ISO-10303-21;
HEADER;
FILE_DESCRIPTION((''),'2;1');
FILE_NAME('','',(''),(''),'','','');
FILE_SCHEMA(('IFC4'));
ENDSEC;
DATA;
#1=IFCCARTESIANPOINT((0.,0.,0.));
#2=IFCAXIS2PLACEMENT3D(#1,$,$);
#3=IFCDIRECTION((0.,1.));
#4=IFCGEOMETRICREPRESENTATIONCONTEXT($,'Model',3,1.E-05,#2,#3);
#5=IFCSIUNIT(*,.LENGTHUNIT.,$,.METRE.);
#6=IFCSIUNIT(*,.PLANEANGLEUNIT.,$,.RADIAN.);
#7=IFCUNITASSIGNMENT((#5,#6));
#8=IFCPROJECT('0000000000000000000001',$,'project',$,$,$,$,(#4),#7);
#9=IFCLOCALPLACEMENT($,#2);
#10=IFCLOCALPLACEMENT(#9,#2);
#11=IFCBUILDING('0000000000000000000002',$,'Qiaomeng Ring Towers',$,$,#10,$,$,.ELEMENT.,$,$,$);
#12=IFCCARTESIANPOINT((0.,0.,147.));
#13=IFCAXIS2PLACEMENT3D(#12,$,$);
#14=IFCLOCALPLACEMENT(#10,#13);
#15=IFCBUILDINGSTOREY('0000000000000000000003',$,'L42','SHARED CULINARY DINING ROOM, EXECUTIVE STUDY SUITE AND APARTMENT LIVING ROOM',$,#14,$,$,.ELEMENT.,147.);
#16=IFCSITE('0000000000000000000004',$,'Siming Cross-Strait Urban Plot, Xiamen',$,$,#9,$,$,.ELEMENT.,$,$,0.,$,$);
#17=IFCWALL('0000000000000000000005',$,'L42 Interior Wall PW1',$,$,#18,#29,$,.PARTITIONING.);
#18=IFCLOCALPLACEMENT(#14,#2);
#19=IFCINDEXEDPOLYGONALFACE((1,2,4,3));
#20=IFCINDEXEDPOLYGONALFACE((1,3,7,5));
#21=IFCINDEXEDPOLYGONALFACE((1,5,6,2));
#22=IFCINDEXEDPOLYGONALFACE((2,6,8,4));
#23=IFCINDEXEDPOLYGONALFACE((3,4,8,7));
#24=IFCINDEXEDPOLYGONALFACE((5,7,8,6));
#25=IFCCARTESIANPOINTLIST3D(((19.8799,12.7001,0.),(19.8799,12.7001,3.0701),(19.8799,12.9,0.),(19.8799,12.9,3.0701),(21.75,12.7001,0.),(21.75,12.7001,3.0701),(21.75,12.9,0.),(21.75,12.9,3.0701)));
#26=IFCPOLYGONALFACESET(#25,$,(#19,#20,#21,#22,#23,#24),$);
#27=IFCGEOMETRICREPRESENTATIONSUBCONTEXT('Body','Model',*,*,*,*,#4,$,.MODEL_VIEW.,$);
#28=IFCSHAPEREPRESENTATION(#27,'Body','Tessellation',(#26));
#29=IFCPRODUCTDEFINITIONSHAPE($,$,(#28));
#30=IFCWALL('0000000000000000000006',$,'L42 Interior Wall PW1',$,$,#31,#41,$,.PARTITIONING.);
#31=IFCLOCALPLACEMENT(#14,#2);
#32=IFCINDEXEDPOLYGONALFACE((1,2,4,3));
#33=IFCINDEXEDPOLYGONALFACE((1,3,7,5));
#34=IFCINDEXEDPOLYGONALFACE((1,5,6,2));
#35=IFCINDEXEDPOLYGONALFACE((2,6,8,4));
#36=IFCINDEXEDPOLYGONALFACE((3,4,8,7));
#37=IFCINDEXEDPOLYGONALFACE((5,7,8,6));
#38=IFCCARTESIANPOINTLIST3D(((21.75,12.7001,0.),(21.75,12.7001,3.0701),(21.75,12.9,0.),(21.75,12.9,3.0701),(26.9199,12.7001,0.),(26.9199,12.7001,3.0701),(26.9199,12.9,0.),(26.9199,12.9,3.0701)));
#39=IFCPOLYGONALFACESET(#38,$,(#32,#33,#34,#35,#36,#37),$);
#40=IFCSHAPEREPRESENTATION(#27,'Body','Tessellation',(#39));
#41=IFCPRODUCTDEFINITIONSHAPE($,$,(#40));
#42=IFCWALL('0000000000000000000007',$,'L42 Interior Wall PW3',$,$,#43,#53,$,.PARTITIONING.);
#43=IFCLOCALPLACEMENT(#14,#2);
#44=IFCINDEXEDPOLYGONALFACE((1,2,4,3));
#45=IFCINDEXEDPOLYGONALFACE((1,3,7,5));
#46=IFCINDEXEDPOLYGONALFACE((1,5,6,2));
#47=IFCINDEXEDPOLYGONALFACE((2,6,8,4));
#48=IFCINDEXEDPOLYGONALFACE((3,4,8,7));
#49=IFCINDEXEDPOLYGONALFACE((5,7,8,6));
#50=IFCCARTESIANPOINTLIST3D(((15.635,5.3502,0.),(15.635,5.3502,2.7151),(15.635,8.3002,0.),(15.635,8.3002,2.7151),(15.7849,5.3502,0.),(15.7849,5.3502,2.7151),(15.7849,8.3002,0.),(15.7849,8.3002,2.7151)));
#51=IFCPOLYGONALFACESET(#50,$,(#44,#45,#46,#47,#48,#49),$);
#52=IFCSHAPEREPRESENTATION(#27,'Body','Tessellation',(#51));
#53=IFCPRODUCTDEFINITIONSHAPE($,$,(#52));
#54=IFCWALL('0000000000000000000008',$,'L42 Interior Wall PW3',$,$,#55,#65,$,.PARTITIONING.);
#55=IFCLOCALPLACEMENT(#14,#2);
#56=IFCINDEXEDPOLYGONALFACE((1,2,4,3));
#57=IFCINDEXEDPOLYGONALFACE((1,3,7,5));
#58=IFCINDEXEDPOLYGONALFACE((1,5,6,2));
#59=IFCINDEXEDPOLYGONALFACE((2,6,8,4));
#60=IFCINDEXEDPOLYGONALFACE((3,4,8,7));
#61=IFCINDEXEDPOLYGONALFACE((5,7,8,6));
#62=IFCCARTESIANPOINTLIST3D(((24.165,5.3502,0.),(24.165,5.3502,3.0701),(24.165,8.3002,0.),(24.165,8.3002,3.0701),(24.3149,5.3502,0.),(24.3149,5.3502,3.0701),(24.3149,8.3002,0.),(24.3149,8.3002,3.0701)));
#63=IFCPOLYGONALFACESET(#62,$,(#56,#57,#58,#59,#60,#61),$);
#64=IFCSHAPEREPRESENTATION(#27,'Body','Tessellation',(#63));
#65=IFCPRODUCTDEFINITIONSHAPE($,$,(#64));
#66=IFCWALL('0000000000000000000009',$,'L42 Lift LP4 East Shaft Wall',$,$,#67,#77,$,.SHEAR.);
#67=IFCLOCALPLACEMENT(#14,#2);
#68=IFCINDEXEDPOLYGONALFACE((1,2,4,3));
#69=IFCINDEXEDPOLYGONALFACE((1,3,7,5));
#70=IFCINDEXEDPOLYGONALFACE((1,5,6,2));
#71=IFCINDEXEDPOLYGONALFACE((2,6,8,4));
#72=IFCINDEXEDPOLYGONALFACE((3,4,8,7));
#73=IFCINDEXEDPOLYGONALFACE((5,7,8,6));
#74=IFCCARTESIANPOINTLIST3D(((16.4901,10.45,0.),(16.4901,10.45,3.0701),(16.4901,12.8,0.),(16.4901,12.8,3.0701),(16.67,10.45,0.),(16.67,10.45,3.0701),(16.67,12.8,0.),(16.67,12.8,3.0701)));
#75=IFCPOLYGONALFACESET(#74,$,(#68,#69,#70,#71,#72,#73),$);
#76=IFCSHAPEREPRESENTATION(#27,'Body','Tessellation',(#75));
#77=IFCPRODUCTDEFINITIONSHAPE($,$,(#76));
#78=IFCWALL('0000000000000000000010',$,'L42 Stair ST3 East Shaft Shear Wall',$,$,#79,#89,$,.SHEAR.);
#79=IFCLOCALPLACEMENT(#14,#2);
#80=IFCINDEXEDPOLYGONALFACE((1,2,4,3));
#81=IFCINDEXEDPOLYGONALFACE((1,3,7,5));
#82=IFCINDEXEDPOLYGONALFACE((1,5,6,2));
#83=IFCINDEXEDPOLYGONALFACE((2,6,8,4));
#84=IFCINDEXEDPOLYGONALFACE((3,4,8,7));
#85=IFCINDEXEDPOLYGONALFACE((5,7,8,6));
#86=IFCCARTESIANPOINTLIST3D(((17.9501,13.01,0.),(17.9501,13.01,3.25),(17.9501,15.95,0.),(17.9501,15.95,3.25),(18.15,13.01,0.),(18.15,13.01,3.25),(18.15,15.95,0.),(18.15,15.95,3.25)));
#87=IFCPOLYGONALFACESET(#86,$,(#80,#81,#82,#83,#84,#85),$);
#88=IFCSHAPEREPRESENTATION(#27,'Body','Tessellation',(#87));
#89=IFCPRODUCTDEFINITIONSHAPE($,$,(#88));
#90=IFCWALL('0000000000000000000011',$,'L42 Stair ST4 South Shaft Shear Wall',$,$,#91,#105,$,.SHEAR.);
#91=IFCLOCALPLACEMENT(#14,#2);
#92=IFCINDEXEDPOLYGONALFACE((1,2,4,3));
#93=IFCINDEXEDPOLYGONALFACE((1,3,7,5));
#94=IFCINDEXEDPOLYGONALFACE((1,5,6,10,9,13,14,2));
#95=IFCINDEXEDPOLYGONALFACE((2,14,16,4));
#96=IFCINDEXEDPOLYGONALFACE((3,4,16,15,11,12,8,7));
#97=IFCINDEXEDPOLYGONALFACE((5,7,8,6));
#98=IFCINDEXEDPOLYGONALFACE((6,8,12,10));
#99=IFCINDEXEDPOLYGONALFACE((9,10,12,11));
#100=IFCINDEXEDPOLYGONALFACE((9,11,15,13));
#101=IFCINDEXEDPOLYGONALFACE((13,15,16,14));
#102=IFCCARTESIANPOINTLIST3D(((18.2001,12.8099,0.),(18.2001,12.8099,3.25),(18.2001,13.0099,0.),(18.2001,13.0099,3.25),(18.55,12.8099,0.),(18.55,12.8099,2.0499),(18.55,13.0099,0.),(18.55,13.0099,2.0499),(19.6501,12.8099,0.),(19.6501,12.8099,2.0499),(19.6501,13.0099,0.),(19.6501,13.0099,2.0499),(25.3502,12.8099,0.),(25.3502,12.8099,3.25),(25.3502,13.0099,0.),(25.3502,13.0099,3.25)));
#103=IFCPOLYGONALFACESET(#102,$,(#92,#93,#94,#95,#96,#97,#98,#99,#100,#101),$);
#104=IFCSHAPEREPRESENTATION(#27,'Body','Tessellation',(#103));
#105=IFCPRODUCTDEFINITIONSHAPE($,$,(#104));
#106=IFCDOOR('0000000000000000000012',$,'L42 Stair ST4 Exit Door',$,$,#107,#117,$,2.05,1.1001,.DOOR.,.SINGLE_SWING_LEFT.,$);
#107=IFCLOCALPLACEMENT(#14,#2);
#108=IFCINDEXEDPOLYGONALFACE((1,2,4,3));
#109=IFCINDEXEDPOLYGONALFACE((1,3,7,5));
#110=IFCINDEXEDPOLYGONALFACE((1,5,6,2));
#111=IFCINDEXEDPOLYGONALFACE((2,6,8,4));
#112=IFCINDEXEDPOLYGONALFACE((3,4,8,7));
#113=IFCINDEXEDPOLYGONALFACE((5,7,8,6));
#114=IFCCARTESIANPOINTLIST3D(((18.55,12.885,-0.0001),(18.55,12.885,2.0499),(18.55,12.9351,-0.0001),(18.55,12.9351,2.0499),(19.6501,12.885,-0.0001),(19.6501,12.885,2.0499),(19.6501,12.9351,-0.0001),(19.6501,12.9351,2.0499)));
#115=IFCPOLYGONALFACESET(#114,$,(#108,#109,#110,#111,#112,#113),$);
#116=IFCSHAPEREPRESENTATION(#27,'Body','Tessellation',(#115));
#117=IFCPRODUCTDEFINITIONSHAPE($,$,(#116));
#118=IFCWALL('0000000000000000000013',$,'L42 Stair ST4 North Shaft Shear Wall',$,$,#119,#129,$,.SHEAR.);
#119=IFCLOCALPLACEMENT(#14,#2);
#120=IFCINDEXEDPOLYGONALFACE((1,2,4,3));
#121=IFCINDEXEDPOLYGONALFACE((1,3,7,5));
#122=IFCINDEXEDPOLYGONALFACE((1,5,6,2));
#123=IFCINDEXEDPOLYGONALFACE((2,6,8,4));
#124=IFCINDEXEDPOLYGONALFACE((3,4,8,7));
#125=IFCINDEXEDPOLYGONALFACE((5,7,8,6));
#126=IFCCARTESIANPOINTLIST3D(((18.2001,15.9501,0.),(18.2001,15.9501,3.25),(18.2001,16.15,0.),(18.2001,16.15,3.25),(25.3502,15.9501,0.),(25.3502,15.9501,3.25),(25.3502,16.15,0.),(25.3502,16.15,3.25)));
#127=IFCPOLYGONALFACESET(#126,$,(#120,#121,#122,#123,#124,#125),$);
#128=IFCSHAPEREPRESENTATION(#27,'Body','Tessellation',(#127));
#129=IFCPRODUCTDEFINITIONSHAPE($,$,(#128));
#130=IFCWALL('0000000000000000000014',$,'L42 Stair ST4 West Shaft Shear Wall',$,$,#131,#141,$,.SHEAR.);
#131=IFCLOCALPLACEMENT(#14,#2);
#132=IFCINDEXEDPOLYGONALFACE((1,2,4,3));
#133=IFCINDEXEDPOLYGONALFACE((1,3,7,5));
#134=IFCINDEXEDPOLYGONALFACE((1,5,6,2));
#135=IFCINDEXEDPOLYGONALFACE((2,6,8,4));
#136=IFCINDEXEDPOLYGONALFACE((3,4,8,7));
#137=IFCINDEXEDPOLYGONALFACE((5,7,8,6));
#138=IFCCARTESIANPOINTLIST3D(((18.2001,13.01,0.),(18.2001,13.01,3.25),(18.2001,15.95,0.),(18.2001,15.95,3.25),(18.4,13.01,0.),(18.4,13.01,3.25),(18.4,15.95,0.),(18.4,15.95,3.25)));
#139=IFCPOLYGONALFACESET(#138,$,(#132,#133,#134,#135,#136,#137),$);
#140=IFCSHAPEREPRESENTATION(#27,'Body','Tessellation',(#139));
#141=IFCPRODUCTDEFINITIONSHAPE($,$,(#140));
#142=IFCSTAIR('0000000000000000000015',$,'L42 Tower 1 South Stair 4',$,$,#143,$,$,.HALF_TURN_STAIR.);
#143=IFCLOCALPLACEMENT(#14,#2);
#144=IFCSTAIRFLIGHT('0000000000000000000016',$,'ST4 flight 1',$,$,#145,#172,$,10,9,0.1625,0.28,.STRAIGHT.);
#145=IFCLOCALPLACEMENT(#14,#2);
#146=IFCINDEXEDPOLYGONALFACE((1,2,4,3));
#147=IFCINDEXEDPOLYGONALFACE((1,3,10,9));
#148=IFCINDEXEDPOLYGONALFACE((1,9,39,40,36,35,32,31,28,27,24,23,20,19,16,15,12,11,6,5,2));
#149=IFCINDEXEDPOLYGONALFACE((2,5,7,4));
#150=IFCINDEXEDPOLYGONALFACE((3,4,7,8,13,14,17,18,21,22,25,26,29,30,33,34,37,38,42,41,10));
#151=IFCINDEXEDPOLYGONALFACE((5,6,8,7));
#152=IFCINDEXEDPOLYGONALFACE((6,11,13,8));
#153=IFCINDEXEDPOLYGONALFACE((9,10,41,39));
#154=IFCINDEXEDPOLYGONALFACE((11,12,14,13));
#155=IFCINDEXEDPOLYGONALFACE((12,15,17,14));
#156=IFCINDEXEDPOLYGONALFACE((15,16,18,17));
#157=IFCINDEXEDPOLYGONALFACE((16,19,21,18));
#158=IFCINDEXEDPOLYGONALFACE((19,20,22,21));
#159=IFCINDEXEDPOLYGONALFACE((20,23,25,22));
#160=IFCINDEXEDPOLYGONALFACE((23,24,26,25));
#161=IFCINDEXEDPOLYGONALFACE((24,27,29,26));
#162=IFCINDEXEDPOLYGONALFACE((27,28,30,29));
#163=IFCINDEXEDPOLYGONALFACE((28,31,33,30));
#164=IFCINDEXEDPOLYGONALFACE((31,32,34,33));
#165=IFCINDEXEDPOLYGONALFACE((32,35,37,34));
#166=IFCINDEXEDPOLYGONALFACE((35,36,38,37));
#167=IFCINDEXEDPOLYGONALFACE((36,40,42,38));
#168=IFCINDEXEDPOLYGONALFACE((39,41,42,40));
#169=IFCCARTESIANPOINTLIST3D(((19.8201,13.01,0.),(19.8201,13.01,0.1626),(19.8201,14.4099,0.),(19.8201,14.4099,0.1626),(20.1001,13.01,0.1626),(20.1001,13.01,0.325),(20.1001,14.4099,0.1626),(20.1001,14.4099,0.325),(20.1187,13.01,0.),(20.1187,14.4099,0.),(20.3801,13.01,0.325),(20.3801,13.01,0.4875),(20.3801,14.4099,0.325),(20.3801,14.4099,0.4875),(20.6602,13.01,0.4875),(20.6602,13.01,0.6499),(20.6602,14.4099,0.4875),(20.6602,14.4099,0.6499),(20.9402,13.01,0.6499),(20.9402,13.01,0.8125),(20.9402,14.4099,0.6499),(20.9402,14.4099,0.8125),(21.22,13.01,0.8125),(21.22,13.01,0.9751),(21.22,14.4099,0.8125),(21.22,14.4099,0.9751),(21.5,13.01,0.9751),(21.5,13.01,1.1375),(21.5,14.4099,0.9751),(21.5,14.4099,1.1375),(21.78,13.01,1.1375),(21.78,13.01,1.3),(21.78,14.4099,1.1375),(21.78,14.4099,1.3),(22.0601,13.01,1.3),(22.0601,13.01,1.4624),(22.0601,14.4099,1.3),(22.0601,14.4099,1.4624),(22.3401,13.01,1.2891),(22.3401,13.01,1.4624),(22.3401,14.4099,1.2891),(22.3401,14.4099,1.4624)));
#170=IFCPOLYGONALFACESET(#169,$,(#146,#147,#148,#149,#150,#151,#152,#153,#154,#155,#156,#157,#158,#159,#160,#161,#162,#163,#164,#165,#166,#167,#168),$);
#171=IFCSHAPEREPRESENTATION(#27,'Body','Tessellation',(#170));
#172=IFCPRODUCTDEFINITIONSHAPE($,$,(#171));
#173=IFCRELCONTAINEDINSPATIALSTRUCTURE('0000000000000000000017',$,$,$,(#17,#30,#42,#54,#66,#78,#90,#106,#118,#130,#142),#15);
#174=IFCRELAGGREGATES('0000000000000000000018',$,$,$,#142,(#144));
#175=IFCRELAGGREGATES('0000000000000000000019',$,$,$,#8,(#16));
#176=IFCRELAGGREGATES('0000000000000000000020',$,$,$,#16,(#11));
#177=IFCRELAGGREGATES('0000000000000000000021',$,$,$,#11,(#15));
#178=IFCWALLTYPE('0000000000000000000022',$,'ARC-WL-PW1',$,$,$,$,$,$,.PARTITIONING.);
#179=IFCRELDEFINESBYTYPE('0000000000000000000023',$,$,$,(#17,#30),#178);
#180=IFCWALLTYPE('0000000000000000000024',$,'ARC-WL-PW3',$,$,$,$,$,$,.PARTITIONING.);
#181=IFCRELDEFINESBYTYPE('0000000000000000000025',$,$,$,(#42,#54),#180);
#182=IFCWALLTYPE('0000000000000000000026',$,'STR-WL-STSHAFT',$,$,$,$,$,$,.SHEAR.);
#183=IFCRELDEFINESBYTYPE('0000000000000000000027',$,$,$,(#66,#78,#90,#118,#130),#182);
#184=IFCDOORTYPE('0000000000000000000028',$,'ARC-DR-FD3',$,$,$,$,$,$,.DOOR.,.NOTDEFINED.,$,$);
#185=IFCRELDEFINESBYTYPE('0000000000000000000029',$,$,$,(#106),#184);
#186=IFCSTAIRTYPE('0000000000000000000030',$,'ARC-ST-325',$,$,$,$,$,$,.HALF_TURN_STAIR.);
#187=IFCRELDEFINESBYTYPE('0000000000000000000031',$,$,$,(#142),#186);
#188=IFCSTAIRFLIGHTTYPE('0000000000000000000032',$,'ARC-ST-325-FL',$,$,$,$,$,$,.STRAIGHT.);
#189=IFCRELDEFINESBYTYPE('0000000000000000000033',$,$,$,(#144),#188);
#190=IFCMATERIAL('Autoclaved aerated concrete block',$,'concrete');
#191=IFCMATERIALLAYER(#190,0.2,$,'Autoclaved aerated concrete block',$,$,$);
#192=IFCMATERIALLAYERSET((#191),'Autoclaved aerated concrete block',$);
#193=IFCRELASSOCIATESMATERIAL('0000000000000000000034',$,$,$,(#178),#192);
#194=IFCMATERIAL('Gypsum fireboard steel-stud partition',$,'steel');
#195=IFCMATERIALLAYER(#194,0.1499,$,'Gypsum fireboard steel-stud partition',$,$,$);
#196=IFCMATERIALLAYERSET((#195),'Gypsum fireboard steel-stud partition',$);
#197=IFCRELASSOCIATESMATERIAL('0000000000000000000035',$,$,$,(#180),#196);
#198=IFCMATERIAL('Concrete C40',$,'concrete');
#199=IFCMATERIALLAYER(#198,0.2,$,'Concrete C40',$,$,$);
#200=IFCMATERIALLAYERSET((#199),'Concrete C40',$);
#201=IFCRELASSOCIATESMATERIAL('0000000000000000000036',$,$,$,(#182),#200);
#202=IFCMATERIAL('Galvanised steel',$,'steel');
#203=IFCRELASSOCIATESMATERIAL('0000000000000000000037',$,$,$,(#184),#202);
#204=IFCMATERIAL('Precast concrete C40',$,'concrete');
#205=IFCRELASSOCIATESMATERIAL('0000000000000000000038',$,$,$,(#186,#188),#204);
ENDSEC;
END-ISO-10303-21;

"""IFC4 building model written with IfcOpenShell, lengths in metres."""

from ifc_helpers import new_model, si_unit, direction, frame, frame_2d, origin, place, context, subcontext, project, spatial, polyline, rectangle, outline, extrude, source, transform, mapped, material, layer, layer_set, type_object, element, fill, aggregate, save


model = new_model("IFC4")

# Units and contexts
model_context = context("Model", 3, precision=1e-05, world=origin(), true_north=direction((0.0, 1.0)))
body_context = subcontext(model_context, "Body", "Model", "MODEL_VIEW")
ifc_project = project(units=[si_unit("LENGTHUNIT", "METRE"), si_unit("PLANEANGLEUNIT", "RADIAN")], contexts=[model_context])

# Site, building, storey
site_placement = place(None, origin())
site = spatial("IfcSite", under=ifc_project, at=site_placement, Name="Siming Cross-Strait Urban Plot, Xiamen", CompositionType="ELEMENT", RefElevation=0.0)
building_placement = place(site_placement, origin())
building = spatial("IfcBuilding", under=site, at=building_placement, Name="Qiaomeng Ring Towers", CompositionType="ELEMENT")
storey_placement = place(building_placement, frame((0.0, 0.0, 147.0)))
storey = spatial("IfcBuildingStorey", under=building, at=storey_placement, Name="L42", Description="SHARED CULINARY DINING ROOM, EXECUTIVE STUDY SUITE AND APARTMENT LIVING ROOM", CompositionType="ELEMENT", Elevation=147.0)

# Walls
ifc_material_1 = material(Name="Autoclaved aerated concrete block", Category="concrete")
ifc_layer_1 = layer(ifc_material_1, 0.2, Name="Autoclaved aerated concrete block")
ifc_layer_set_1 = layer_set([ifc_layer_1], Name="Autoclaved aerated concrete block")
wall_type_1 = type_object("IfcWallType", Name="ARC-WL-PW1", PredefinedType="PARTITIONING", material=ifc_layer_set_1)
wall_1_placement = place(storey_placement, frame((19.8799, 12.8, 0.0), z_axis=(0.0, 0.0, 1.0), x_axis=(1.0, 0.0, 0.0)))
element("IfcWall", 1, at=wall_1_placement, inside=storey, type_object=wall_type_1, Name="L42 Interior Wall PW1", PredefinedType="PARTITIONING", context=body_context, shape_type="SweptSolid", body=[
    extrude(rectangle(XDim=1.8701, YDim=0.2, at=frame_2d((0.9351, 0.0))), origin(), (0.0, 0.0, 1.0), 3.0701),
])
wall_2_placement = place(storey_placement, frame((21.75, 12.8, 0.0), z_axis=(0.0, 0.0, 1.0), x_axis=(1.0, 0.0, 0.0)))
element("IfcWall", 2, at=wall_2_placement, inside=storey, type_object=wall_type_1, Name="L42 Interior Wall PW1", PredefinedType="PARTITIONING", context=body_context, shape_type="SweptSolid", body=[
    extrude(rectangle(XDim=5.1699, YDim=0.2, at=frame_2d((2.585, 0.0))), origin(), (0.0, 0.0, 1.0), 3.0701),
])
ifc_material_2 = material(Name="Gypsum fireboard steel-stud partition", Category="steel")
ifc_layer_2 = layer(ifc_material_2, 0.1499, Name="Gypsum fireboard steel-stud partition")
ifc_layer_set_2 = layer_set([ifc_layer_2], Name="Gypsum fireboard steel-stud partition")
wall_type_2 = type_object("IfcWallType", Name="ARC-WL-PW3", PredefinedType="PARTITIONING", material=ifc_layer_set_2)
wall_3_placement = place(storey_placement, frame((15.71, 5.3501, 0.0), z_axis=(0.0, 0.0, 1.0), x_axis=(0.0, 1.0, 0.0)))
element("IfcWall", 3, at=wall_3_placement, inside=storey, type_object=wall_type_2, Name="L42 Interior Wall PW3", PredefinedType="PARTITIONING", context=body_context, shape_type="SweptSolid", body=[
    extrude(rectangle(XDim=2.95, YDim=0.1499, at=frame_2d((1.4751, 0.0))), origin(), (0.0, 0.0, 1.0), 2.7151),
])
wall_4_placement = place(storey_placement, frame((24.24, 5.3501, 0.0), z_axis=(0.0, 0.0, 1.0), x_axis=(0.0, 1.0, 0.0)))
element("IfcWall", 4, at=wall_4_placement, inside=storey, type_object=wall_type_2, Name="L42 Interior Wall PW3", PredefinedType="PARTITIONING", context=body_context, shape_type="SweptSolid", body=[
    extrude(rectangle(XDim=2.95, YDim=0.1499, at=frame_2d((1.4751, 0.0))), origin(), (0.0, 0.0, 1.0), 3.0701),
])
ifc_material_3 = material(Name="Concrete C40", Category="concrete")
ifc_layer_3 = layer(ifc_material_3, 0.2, Name="Concrete C40")
ifc_layer_set_3 = layer_set([ifc_layer_3], Name="Concrete C40")
wall_type_3 = type_object("IfcWallType", Name="STR-WL-STSHAFT", PredefinedType="SHEAR", material=ifc_layer_set_3)
wall_5_placement = place(storey_placement, frame((16.5801, 10.45, 0.0), z_axis=(0.0, 0.0, 1.0), x_axis=(0.0, 1.0, 0.0)))
element("IfcWall", 5, at=wall_5_placement, inside=storey, type_object=wall_type_3, Name="L42 Lift LP4 East Shaft Wall", PredefinedType="SHEAR", context=body_context, shape_type="SweptSolid", body=[
    extrude(rectangle(XDim=2.3501, YDim=0.1799, at=frame_2d((1.175, 0.0))), origin(), (0.0, 0.0, 1.0), 3.0701),
])
wall_6_placement = place(storey_placement, frame((18.05, 13.01, 0.0), z_axis=(0.0, 0.0, 1.0), x_axis=(0.0, 1.0, 0.0)))
element("IfcWall", 6, at=wall_6_placement, inside=storey, type_object=wall_type_3, Name="L42 Stair ST3 East Shaft Shear Wall", PredefinedType="SHEAR", context=body_context, shape_type="SweptSolid", body=[
    extrude(rectangle(XDim=2.9399, YDim=0.2, at=frame_2d((1.47, 0.0))), origin(), (0.0, 0.0, 1.0), 3.25),
])

# Wall, opening, door
wall_7_placement = place(storey_placement, frame((18.2, 12.9099, 0.0), z_axis=(0.0, 0.0, 1.0), x_axis=(1.0, 0.0, 0.0)))
wall_7 = element("IfcWall", 7, at=wall_7_placement, inside=storey, type_object=wall_type_3, Name="L42 Stair ST4 South Shaft Shear Wall", PredefinedType="SHEAR", context=body_context, shape_type="SweptSolid", body=[
    extrude(rectangle(XDim=7.1501, YDim=0.2, at=frame_2d((3.5752, 0.0))), origin(), (0.0, 0.0, 1.0), 3.25),
])
opening_placement = place(wall_7_placement, frame((0.3501, 0.0, 0.0)))
opening = element("IfcOpeningElement", 8, at=opening_placement, cuts=wall_7, PredefinedType="OPENING", context=body_context, shape_type="SweptSolid", body=[
    extrude(rectangle(XDim=1.1001, YDim=2.05, at=frame_2d((0.55, 1.0249))), frame((0.0, 0.1099, 0.0), z_axis=(0.0, -1.0, 0.0), x_axis=(1.0, 0.0, 0.0)), (0.0, 0.0, 1.0), 0.22),
])
ifc_material_4 = material(Name="Galvanised steel", Category="steel")
door_type = type_object("IfcDoorType", Name="ARC-DR-FD3", OperationType="NOTDEFINED", PredefinedType="DOOR", material=ifc_material_4)
shared_shape_1 = source(origin(), body_context, "Body", "SweptSolid", [
    extrude(rectangle(XDim=1.1001, YDim=2.05, at=frame_2d((0.55, 1.0249))), frame((0.0, 0.0249, 0.0), z_axis=(0.0, -1.0, 0.0), x_axis=(1.0, 0.0, 0.0)), (0.0, 0.0, 1.0), 0.05),
])
door_placement = place(opening_placement, frame((1.1001, 0.0, 0.0), z_axis=(0.0, 0.0, 1.0), x_axis=(-1.0, 0.0, 0.0)))
door = element("IfcDoor", 9, at=door_placement, inside=storey, type_object=door_type, Name="L42 Stair ST4 Exit Door", OperationType="SINGLE_SWING_LEFT", OverallHeight=2.05, OverallWidth=1.1001, PredefinedType="DOOR", context=body_context, shape_type="MappedRepresentation", body=[
    mapped(shared_shape_1, transform((0.0, 0.0, 0.0), x_axis=(1.0, 0.0, 0.0), y_axis=(0.0, 1.0, 0.0), z_axis=(0.0, 0.0, 1.0), scale=1.0)),
])
fill(opening, door)

# Walls
wall_8_placement = place(storey_placement, frame((18.2, 16.05, 0.0), z_axis=(0.0, 0.0, 1.0), x_axis=(1.0, 0.0, 0.0)))
element("IfcWall", 10, at=wall_8_placement, inside=storey, type_object=wall_type_3, Name="L42 Stair ST4 North Shaft Shear Wall", PredefinedType="SHEAR", context=body_context, shape_type="SweptSolid", body=[
    extrude(rectangle(XDim=7.1501, YDim=0.2, at=frame_2d((3.5752, 0.0))), origin(), (0.0, 0.0, 1.0), 3.25),
])
wall_9_placement = place(storey_placement, frame((18.3, 13.01, 0.0), z_axis=(0.0, 0.0, 1.0), x_axis=(0.0, 1.0, 0.0)))
element("IfcWall", 11, at=wall_9_placement, inside=storey, type_object=wall_type_3, Name="L42 Stair ST4 West Shaft Shear Wall", PredefinedType="SHEAR", context=body_context, shape_type="SweptSolid", body=[
    extrude(rectangle(XDim=2.9399, YDim=0.2, at=frame_2d((1.47, 0.0))), origin(), (0.0, 0.0, 1.0), 3.25),
])

# Stair, stair flight
ifc_material_5 = material(Name="Precast concrete C40", Category="concrete")
stair_type = type_object("IfcStairType", Name="ARC-ST-325", PredefinedType="HALF_TURN_STAIR", material=ifc_material_5)
stair_placement = place(storey_placement, origin())
stair = element("IfcStair", 12, at=stair_placement, inside=storey, type_object=stair_type, Name="L42 Tower 1 South Stair 4", PredefinedType="HALF_TURN_STAIR")
stair_flight_type = type_object("IfcStairFlightType", Name="ARC-ST-325-FL", PredefinedType="STRAIGHT", material=ifc_material_5)
shared_shape_2 = source(origin(), body_context, "Body", "SweptSolid", [
    extrude(outline(polyline([(0.0, 0.0), (0.0, 0.1626), (0.28, 0.1626), (0.28, 0.325), (0.5601, 0.325), (0.5601, 0.4875), (0.8401, 0.4875), (0.8401, 0.6499), (1.1201, 0.6499), (1.1201, 0.8125), (1.3999, 0.8125), (1.3999, 0.9751), (1.6799, 0.9751), (1.6799, 1.1375), (1.96, 1.1375), (1.96, 1.3), (2.24, 1.3), (2.24, 1.4624), (2.52, 1.4624), (2.52, 1.625), (2.52, 1.2891), (0.2986, 0.0), (0.0, 0.0)])), frame((0.0, 0.7, 0.0), z_axis=(0.0, -1.0, 0.0), x_axis=(1.0, 0.0, 0.0)), (0.0, 0.0, 1.0), 1.3999),
])
stair_flight_1_placement = place(storey_placement, frame((19.8201, 13.71, 0.0), z_axis=(0.0, 0.0, 1.0), x_axis=(1.0, 0.0, 0.0)))
stair_flight_1 = element("IfcStairFlight", 13, at=stair_flight_1_placement, type_object=stair_flight_type, Name="ST4 flight 1", NumberOfRisers=10, NumberOfTreads=9, PredefinedType="STRAIGHT", RiserHeight=0.1625, TreadLength=0.28, context=body_context, shape_type="MappedRepresentation", body=[
    mapped(shared_shape_2, transform((0.0, 0.0, 0.0), x_axis=(1.0, 0.0, 0.0), y_axis=(0.0, 1.0, 0.0), z_axis=(0.0, 0.0, 1.0), scale=1.0)),
])
aggregate(stair, [stair_flight_1])

save(model, "model.ifc")
